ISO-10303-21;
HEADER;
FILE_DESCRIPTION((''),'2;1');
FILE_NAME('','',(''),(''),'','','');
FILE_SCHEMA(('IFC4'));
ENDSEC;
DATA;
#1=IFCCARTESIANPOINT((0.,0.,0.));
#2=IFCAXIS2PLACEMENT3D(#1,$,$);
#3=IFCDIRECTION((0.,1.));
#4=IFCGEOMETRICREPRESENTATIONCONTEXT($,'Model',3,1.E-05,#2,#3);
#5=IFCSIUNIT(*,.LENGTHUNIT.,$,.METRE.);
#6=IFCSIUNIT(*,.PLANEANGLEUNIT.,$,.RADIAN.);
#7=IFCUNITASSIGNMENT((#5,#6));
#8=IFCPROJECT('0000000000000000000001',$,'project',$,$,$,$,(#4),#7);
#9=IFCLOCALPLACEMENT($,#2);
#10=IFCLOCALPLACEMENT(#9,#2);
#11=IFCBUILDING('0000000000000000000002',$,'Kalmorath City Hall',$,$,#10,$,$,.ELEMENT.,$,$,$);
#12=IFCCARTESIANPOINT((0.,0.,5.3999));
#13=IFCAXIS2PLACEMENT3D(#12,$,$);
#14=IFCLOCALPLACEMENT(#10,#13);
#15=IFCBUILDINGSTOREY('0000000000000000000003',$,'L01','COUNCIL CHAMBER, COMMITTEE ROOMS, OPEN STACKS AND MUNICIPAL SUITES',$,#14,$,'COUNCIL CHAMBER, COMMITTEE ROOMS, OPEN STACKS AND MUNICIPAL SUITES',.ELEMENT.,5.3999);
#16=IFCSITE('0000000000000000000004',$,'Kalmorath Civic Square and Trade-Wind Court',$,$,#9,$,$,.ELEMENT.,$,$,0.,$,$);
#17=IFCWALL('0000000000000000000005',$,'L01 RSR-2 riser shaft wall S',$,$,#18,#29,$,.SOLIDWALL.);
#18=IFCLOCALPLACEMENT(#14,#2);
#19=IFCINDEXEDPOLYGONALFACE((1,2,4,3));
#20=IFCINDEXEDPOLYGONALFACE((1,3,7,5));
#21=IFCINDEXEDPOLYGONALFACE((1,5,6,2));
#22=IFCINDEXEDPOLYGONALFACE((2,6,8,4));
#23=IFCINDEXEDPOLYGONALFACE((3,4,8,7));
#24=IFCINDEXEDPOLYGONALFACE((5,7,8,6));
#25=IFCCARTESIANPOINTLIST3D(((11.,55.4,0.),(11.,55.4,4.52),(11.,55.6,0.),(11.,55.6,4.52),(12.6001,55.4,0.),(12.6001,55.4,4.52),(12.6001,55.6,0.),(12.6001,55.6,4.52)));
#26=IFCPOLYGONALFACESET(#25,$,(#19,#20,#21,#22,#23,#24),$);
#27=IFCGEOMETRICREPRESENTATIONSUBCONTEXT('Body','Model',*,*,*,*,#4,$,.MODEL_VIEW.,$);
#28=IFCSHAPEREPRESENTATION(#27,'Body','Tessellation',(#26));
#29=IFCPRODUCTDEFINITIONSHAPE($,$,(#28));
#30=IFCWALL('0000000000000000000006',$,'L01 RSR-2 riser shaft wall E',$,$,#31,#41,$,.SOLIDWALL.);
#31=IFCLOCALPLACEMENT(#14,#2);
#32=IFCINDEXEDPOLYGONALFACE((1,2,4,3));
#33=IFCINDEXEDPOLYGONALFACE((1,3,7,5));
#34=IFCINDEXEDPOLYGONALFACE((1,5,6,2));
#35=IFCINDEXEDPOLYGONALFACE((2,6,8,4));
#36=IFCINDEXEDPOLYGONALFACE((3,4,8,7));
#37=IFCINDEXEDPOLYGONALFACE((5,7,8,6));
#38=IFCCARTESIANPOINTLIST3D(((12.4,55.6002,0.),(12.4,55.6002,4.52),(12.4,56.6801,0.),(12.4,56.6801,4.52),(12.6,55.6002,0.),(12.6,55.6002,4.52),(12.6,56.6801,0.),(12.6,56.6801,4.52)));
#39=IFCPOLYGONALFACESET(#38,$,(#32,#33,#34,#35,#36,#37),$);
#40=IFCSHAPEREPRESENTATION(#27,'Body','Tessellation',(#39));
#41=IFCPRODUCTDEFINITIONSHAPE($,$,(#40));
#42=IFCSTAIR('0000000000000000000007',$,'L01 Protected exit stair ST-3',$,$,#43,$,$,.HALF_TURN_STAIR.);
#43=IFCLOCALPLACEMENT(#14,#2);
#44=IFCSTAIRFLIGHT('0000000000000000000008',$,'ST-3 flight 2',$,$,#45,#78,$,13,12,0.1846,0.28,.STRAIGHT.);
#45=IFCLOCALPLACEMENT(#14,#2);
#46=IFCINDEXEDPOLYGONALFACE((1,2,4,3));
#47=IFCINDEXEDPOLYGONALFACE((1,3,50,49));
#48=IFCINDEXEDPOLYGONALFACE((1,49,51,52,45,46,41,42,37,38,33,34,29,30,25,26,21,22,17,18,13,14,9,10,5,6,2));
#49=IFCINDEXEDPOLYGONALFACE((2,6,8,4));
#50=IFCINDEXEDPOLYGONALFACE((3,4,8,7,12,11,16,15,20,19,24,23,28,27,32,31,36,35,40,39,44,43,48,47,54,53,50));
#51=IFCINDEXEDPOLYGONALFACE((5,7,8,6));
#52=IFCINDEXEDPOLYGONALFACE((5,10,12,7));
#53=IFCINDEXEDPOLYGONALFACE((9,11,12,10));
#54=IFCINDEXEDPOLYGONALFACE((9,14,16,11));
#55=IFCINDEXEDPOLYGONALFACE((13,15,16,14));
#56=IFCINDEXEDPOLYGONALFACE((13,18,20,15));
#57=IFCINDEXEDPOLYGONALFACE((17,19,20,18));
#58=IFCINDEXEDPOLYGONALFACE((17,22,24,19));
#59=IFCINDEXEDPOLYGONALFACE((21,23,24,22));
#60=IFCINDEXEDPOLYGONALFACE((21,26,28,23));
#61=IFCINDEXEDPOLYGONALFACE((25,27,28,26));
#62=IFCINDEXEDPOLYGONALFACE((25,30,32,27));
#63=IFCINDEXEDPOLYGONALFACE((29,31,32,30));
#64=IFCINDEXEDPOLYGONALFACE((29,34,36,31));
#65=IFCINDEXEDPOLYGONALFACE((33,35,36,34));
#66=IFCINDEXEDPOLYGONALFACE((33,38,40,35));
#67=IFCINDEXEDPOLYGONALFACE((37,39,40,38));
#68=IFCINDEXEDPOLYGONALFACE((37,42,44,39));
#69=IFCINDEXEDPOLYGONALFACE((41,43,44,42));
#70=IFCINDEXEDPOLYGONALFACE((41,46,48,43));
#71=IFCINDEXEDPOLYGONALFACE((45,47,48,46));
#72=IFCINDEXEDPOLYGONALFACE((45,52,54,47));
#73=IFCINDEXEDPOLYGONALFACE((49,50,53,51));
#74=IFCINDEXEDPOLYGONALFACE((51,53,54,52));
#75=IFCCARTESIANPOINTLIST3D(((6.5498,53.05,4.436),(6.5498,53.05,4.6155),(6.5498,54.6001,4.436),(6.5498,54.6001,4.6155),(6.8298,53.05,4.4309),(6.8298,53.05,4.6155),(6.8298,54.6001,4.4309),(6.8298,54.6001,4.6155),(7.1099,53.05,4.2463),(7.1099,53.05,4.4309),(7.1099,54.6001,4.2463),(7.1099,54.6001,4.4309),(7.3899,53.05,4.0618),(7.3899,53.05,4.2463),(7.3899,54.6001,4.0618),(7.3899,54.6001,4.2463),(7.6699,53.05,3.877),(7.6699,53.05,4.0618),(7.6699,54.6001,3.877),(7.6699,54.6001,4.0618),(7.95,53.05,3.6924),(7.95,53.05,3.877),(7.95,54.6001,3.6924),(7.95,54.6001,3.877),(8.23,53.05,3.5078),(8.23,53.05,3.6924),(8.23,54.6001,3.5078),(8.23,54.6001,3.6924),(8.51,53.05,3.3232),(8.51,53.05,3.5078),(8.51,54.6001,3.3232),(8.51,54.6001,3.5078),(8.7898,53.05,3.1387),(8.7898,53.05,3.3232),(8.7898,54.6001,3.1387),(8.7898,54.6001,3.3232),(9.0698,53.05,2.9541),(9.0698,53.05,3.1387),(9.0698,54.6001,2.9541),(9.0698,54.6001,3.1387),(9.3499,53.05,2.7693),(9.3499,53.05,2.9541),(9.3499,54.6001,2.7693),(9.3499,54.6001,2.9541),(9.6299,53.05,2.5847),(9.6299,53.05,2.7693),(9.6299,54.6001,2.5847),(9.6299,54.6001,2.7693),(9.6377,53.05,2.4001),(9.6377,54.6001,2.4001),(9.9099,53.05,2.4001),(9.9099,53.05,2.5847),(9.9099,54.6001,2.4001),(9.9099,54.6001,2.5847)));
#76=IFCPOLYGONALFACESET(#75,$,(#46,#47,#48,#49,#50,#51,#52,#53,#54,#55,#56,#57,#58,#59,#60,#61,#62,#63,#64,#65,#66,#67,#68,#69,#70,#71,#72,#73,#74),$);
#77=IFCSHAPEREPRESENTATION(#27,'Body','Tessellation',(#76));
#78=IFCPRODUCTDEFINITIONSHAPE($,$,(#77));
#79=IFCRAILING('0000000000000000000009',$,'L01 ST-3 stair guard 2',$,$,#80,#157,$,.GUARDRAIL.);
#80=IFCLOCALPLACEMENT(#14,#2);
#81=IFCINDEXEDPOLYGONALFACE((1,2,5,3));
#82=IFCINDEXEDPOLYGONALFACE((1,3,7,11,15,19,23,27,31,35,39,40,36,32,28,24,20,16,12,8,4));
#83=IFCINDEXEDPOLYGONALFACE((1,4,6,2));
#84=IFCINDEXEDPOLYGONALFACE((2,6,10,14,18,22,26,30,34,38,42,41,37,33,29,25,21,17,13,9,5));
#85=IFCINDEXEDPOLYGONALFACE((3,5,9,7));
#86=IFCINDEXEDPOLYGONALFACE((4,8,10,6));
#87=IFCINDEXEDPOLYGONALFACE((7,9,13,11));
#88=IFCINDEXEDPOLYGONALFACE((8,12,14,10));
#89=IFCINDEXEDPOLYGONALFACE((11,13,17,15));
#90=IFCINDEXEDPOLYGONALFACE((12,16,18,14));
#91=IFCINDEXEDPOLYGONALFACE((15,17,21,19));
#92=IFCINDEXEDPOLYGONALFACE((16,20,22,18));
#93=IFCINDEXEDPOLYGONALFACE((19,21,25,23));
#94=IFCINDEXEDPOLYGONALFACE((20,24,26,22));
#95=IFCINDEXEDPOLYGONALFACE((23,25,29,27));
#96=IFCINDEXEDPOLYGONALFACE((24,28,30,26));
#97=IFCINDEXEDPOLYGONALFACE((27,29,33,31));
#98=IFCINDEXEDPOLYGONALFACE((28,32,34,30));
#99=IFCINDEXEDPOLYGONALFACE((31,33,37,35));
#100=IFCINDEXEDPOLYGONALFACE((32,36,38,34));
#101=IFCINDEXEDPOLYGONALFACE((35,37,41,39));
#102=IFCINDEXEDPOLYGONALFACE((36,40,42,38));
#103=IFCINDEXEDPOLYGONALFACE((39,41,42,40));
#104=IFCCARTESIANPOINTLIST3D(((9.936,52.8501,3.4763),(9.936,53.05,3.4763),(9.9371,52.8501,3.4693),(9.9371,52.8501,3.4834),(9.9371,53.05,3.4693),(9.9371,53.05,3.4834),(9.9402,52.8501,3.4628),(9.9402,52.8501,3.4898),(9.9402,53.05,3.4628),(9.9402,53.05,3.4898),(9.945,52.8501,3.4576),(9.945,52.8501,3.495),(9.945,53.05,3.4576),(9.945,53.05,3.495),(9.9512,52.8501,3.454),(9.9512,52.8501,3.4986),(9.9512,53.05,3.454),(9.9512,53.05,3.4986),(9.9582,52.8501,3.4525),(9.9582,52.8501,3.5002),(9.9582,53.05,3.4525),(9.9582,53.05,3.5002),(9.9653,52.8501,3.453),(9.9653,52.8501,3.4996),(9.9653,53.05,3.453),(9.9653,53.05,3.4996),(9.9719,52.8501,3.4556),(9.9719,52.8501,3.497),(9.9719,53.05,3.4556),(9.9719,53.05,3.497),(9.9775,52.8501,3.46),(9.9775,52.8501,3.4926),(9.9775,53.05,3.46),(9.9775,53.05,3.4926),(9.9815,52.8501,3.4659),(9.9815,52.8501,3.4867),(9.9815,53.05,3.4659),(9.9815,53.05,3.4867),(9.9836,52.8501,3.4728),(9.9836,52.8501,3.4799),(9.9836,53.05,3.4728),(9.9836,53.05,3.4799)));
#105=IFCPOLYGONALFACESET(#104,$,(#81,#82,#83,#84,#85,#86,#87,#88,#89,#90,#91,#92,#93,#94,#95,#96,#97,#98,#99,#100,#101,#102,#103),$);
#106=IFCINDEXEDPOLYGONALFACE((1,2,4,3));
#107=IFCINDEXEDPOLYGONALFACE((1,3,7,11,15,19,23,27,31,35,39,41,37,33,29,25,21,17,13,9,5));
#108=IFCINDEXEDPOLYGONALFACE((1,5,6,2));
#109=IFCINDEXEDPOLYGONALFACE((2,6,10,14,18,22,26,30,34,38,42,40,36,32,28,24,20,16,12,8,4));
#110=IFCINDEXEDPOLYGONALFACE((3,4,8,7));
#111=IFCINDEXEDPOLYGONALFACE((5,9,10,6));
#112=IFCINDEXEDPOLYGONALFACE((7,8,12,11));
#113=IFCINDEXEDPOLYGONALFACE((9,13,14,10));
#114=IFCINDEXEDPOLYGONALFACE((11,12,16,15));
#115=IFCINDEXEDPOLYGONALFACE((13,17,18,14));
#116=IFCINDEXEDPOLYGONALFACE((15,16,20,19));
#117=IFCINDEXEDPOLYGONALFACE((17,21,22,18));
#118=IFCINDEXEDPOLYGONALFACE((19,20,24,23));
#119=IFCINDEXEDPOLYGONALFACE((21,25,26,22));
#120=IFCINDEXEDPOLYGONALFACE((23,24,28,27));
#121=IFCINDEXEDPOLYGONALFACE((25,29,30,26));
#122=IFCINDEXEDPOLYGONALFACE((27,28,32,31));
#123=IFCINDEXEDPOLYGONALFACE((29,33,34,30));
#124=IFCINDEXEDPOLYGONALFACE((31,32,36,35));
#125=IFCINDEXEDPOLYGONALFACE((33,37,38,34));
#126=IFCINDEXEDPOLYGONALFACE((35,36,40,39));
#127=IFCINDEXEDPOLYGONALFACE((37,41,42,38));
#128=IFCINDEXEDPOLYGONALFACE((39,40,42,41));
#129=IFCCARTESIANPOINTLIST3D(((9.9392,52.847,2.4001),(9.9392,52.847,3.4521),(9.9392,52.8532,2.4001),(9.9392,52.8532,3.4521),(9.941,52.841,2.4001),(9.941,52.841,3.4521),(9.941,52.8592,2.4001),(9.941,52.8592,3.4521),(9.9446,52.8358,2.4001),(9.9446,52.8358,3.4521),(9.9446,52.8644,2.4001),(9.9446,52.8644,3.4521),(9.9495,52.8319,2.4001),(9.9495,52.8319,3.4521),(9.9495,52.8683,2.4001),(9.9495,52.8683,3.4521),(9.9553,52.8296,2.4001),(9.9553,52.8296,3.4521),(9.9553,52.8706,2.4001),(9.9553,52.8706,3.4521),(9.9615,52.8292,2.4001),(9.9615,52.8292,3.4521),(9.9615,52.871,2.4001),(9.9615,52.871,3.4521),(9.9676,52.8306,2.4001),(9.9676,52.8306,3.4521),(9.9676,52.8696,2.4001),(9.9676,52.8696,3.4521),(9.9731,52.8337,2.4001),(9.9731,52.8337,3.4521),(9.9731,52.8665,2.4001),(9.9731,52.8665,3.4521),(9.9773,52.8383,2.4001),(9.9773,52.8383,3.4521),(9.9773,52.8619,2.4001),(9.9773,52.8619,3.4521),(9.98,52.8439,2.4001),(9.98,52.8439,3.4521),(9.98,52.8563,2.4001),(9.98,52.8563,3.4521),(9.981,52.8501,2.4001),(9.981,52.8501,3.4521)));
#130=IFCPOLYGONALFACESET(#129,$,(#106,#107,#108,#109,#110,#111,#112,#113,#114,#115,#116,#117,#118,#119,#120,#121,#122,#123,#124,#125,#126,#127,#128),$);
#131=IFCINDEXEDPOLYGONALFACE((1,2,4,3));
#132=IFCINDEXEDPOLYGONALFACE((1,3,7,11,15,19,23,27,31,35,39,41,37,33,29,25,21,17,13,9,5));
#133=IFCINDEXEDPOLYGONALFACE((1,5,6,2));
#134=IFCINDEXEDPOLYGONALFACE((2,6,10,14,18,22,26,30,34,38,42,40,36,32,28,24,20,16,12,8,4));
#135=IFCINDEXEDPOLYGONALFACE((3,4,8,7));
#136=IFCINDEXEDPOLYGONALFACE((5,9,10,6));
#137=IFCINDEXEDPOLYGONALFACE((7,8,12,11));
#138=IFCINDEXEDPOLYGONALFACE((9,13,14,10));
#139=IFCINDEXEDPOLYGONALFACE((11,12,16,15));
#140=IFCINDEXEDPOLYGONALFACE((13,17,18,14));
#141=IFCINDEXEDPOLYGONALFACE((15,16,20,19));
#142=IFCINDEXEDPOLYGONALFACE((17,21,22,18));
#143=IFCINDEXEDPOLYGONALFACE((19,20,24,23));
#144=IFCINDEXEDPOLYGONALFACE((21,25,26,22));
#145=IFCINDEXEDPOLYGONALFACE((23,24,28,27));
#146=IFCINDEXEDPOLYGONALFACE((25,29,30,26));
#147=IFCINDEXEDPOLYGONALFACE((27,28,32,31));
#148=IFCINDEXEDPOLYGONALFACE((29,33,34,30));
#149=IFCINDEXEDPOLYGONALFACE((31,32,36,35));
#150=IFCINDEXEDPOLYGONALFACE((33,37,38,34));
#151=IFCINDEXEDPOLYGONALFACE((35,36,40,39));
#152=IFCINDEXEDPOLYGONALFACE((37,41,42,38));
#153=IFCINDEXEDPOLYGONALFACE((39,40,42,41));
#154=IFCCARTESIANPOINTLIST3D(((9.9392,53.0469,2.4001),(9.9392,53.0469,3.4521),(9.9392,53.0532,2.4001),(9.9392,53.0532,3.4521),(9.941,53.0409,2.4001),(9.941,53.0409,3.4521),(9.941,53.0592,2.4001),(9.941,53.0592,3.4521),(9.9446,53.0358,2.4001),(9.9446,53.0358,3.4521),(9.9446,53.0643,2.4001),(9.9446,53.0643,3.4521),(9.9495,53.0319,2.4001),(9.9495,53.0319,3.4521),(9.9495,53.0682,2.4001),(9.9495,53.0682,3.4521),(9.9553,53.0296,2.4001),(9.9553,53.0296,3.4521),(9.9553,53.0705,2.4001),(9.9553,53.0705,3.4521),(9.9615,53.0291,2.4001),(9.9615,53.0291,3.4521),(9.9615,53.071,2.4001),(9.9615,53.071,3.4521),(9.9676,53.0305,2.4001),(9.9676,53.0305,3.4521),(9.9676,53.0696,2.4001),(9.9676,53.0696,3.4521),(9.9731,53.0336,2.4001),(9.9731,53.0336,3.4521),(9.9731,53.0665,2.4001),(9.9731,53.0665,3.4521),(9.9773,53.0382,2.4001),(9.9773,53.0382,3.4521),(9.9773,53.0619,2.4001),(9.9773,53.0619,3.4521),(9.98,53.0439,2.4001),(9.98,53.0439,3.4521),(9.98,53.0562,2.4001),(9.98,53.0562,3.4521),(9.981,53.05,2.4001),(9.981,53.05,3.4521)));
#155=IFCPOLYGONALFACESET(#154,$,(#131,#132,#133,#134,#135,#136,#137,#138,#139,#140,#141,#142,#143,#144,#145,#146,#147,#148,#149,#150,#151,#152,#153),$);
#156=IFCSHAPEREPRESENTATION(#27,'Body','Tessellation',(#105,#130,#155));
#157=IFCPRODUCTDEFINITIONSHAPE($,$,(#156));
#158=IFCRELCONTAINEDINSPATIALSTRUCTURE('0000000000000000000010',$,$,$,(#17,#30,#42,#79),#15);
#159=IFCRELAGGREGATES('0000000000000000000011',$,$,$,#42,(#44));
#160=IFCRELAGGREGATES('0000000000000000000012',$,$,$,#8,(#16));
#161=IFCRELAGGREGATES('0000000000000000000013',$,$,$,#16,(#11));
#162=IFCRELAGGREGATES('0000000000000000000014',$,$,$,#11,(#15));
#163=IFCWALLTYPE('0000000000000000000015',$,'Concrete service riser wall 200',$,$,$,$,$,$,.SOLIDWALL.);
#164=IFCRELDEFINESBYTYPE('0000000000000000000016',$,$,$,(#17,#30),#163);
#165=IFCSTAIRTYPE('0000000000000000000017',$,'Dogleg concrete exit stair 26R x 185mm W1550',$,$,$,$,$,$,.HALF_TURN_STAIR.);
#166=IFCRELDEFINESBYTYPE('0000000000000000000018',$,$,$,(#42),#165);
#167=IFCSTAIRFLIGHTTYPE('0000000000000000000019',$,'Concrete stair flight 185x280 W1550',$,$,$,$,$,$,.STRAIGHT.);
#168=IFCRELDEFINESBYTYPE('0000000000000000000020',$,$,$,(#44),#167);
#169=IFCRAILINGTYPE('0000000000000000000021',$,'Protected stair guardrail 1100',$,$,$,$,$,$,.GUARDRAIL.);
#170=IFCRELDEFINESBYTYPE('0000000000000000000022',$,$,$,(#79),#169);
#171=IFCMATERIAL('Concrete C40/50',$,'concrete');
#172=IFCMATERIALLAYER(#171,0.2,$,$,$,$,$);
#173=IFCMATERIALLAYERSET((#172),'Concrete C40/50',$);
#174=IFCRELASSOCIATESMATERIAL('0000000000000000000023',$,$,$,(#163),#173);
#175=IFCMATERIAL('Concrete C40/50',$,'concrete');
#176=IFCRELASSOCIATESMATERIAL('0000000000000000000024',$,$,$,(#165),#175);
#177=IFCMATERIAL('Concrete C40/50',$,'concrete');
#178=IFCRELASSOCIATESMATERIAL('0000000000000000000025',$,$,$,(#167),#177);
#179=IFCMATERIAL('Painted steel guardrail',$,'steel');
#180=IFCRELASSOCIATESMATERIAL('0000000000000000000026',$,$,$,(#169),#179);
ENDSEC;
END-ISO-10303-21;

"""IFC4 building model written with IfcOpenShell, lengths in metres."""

from ifc_helpers import new_model, si_unit, direction, frame, frame_2d, origin, origin_2d, place, context, subcontext, project, spatial, polyline, rectangle, circle, outline, extrude, material, layer, layer_set, type_object, element, aggregate, save


model = new_model("IFC4")

# Units and contexts
model_context = context("Model", 3, precision=1e-05, world=origin(), true_north=direction((0.0, 1.0)))
body_context = subcontext(model_context, "Body", "Model", "MODEL_VIEW")
ifc_project = project(units=[si_unit("LENGTHUNIT", "METRE"), si_unit("PLANEANGLEUNIT", "RADIAN")], contexts=[model_context])

# Site, building, storey
site_placement = place(None, origin())
site = spatial("IfcSite", under=ifc_project, at=site_placement, Name="Kalmorath Civic Square and Trade-Wind Court", CompositionType="ELEMENT", RefElevation=0.0)
building_placement = place(site_placement, origin())
building = spatial("IfcBuilding", under=site, at=building_placement, Name="Kalmorath City Hall", CompositionType="ELEMENT")
storey_placement = place(building_placement, frame((0.0, 0.0, 5.3999)))
storey = spatial("IfcBuildingStorey", under=building, at=storey_placement, Name="L01", Description="COUNCIL CHAMBER, COMMITTEE ROOMS, OPEN STACKS AND MUNICIPAL SUITES", LongName="COUNCIL CHAMBER, COMMITTEE ROOMS, OPEN STACKS AND MUNICIPAL SUITES", CompositionType="ELEMENT", Elevation=5.3999)

# Walls
ifc_material_1 = material(Name="Concrete C40/50", Category="concrete")
ifc_layer_1 = layer(ifc_material_1, 0.2)
ifc_layer_set_1 = layer_set([ifc_layer_1], Name="Concrete C40/50")
wall_type_1 = type_object("IfcWallType", Name="Concrete service riser wall 200", PredefinedType="SOLIDWALL", material=ifc_layer_set_1)
wall_1_placement = place(storey_placement, frame((11.0, 55.5, 0.0), z_axis=(0.0, 0.0, 1.0), x_axis=(1.0, 0.0, 0.0)))
element("IfcWall", 1, at=wall_1_placement, inside=storey, type_object=wall_type_1, Name="L01 RSR-2 riser shaft wall S", PredefinedType="SOLIDWALL", context=body_context, shape_type="SweptSolid", body=[
    extrude(rectangle(XDim=1.6001, YDim=0.2, at=frame_2d((0.8, 0.0))), origin(), (0.0, 0.0, 1.0), 4.52),
])
wall_2_placement = place(storey_placement, frame((12.5, 55.6001, 0.0), z_axis=(0.0, 0.0, 1.0), x_axis=(0.0, 1.0, 0.0)))
element("IfcWall", 2, at=wall_2_placement, inside=storey, type_object=wall_type_1, Name="L01 RSR-2 riser shaft wall E", PredefinedType="SOLIDWALL", context=body_context, shape_type="SweptSolid", body=[
    extrude(rectangle(XDim=1.0798, YDim=0.2, at=frame_2d((0.54, 0.0))), origin(), (0.0, 0.0, 1.0), 4.52),
])

# Stair, stair flight
ifc_material_2 = material(Name="Concrete C40/50", Category="concrete")
stair_type = type_object("IfcStairType", Name="Dogleg concrete exit stair 26R x 185mm W1550", PredefinedType="HALF_TURN_STAIR", material=ifc_material_2)
stair_placement = place(storey_placement, origin())
stair = element("IfcStair", 3, at=stair_placement, inside=storey, type_object=stair_type, Name="L01 Protected exit stair ST-3", PredefinedType="HALF_TURN_STAIR")
ifc_material_3 = material(Name="Concrete C40/50", Category="concrete")
stair_flight_type = type_object("IfcStairFlightType", Name="Concrete stair flight 185x280 W1550", PredefinedType="STRAIGHT", material=ifc_material_3)
stair_flight_placement = place(storey_placement, frame((9.9099, 53.825, 2.4001), z_axis=(0.0, 0.0, 1.0), x_axis=(-1.0, 0.0, 0.0)))
stair_flight = element("IfcStairFlight", 4, at=stair_flight_placement, type_object=stair_flight_type, Name="ST-3 flight 2", NumberOfRisers=13, NumberOfTreads=12, PredefinedType="STRAIGHT", RiserHeight=0.1846, TreadLength=0.28, context=body_context, shape_type="SweptSolid", body=[
    extrude(outline(polyline([(0.0, 0.0), (0.0, 0.1846), (0.28, 0.1846), (0.28, 0.3691), (0.5601, 0.3691), (0.5601, 0.554), (0.8401, 0.554), (0.8401, 0.7385), (1.1201, 0.7385), (1.1201, 0.9231), (1.3999, 0.9231), (1.3999, 1.1077), (1.6799, 1.1077), (1.6799, 1.2922), (1.96, 1.2922), (1.96, 1.4768), (2.24, 1.4768), (2.24, 1.6616), (2.52, 1.6616), (2.52, 1.8462), (2.8, 1.8462), (2.8, 2.0308), (3.0801, 2.0308), (3.0801, 2.2153), (3.3601, 2.2153), (3.3601, 2.3999), (3.3601, 2.0359), (0.2722, 0.0), (0.0, 0.0)])), frame((0.0, 0.7749, 0.0), z_axis=(0.0, -1.0, 0.0), x_axis=(1.0, 0.0, 0.0)), (0.0, 0.0, 1.0), 1.55),
])
aggregate(stair, [stair_flight])

# Railing
ifc_material_4 = material(Name="Painted steel guardrail", Category="steel")
railing_type_1 = type_object("IfcRailingType", Name="Protected stair guardrail 1100", PredefinedType="GUARDRAIL", material=ifc_material_4)
railing_1_placement = place(storey_placement, frame((9.96, 52.8501, 2.4001)))
element("IfcRailing", 5, at=railing_1_placement, inside=storey, type_object=railing_type_1, Name="L01 ST-3 stair guard 2", PredefinedType="GUARDRAIL", context=body_context, shape_type="SweptSolid", body=[
    extrude(circle(Radius=0.0239, at=origin_2d()), frame((0.0, 0.0, 1.0762), z_axis=(0.0, 1.0, 0.0), x_axis=(-1.0, 0.0, 0.0)), (0.0, 0.0, 1.0), 0.2),
    extrude(circle(Radius=0.021, at=origin_2d()), origin(), (0.0, 0.0, 1.0), 1.052),
    extrude(circle(Radius=0.021, at=origin_2d()), frame((0.0, 0.2, 0.0)), (0.0, 0.0, 1.0), 1.052),
])

save(model, "model.ifc")
